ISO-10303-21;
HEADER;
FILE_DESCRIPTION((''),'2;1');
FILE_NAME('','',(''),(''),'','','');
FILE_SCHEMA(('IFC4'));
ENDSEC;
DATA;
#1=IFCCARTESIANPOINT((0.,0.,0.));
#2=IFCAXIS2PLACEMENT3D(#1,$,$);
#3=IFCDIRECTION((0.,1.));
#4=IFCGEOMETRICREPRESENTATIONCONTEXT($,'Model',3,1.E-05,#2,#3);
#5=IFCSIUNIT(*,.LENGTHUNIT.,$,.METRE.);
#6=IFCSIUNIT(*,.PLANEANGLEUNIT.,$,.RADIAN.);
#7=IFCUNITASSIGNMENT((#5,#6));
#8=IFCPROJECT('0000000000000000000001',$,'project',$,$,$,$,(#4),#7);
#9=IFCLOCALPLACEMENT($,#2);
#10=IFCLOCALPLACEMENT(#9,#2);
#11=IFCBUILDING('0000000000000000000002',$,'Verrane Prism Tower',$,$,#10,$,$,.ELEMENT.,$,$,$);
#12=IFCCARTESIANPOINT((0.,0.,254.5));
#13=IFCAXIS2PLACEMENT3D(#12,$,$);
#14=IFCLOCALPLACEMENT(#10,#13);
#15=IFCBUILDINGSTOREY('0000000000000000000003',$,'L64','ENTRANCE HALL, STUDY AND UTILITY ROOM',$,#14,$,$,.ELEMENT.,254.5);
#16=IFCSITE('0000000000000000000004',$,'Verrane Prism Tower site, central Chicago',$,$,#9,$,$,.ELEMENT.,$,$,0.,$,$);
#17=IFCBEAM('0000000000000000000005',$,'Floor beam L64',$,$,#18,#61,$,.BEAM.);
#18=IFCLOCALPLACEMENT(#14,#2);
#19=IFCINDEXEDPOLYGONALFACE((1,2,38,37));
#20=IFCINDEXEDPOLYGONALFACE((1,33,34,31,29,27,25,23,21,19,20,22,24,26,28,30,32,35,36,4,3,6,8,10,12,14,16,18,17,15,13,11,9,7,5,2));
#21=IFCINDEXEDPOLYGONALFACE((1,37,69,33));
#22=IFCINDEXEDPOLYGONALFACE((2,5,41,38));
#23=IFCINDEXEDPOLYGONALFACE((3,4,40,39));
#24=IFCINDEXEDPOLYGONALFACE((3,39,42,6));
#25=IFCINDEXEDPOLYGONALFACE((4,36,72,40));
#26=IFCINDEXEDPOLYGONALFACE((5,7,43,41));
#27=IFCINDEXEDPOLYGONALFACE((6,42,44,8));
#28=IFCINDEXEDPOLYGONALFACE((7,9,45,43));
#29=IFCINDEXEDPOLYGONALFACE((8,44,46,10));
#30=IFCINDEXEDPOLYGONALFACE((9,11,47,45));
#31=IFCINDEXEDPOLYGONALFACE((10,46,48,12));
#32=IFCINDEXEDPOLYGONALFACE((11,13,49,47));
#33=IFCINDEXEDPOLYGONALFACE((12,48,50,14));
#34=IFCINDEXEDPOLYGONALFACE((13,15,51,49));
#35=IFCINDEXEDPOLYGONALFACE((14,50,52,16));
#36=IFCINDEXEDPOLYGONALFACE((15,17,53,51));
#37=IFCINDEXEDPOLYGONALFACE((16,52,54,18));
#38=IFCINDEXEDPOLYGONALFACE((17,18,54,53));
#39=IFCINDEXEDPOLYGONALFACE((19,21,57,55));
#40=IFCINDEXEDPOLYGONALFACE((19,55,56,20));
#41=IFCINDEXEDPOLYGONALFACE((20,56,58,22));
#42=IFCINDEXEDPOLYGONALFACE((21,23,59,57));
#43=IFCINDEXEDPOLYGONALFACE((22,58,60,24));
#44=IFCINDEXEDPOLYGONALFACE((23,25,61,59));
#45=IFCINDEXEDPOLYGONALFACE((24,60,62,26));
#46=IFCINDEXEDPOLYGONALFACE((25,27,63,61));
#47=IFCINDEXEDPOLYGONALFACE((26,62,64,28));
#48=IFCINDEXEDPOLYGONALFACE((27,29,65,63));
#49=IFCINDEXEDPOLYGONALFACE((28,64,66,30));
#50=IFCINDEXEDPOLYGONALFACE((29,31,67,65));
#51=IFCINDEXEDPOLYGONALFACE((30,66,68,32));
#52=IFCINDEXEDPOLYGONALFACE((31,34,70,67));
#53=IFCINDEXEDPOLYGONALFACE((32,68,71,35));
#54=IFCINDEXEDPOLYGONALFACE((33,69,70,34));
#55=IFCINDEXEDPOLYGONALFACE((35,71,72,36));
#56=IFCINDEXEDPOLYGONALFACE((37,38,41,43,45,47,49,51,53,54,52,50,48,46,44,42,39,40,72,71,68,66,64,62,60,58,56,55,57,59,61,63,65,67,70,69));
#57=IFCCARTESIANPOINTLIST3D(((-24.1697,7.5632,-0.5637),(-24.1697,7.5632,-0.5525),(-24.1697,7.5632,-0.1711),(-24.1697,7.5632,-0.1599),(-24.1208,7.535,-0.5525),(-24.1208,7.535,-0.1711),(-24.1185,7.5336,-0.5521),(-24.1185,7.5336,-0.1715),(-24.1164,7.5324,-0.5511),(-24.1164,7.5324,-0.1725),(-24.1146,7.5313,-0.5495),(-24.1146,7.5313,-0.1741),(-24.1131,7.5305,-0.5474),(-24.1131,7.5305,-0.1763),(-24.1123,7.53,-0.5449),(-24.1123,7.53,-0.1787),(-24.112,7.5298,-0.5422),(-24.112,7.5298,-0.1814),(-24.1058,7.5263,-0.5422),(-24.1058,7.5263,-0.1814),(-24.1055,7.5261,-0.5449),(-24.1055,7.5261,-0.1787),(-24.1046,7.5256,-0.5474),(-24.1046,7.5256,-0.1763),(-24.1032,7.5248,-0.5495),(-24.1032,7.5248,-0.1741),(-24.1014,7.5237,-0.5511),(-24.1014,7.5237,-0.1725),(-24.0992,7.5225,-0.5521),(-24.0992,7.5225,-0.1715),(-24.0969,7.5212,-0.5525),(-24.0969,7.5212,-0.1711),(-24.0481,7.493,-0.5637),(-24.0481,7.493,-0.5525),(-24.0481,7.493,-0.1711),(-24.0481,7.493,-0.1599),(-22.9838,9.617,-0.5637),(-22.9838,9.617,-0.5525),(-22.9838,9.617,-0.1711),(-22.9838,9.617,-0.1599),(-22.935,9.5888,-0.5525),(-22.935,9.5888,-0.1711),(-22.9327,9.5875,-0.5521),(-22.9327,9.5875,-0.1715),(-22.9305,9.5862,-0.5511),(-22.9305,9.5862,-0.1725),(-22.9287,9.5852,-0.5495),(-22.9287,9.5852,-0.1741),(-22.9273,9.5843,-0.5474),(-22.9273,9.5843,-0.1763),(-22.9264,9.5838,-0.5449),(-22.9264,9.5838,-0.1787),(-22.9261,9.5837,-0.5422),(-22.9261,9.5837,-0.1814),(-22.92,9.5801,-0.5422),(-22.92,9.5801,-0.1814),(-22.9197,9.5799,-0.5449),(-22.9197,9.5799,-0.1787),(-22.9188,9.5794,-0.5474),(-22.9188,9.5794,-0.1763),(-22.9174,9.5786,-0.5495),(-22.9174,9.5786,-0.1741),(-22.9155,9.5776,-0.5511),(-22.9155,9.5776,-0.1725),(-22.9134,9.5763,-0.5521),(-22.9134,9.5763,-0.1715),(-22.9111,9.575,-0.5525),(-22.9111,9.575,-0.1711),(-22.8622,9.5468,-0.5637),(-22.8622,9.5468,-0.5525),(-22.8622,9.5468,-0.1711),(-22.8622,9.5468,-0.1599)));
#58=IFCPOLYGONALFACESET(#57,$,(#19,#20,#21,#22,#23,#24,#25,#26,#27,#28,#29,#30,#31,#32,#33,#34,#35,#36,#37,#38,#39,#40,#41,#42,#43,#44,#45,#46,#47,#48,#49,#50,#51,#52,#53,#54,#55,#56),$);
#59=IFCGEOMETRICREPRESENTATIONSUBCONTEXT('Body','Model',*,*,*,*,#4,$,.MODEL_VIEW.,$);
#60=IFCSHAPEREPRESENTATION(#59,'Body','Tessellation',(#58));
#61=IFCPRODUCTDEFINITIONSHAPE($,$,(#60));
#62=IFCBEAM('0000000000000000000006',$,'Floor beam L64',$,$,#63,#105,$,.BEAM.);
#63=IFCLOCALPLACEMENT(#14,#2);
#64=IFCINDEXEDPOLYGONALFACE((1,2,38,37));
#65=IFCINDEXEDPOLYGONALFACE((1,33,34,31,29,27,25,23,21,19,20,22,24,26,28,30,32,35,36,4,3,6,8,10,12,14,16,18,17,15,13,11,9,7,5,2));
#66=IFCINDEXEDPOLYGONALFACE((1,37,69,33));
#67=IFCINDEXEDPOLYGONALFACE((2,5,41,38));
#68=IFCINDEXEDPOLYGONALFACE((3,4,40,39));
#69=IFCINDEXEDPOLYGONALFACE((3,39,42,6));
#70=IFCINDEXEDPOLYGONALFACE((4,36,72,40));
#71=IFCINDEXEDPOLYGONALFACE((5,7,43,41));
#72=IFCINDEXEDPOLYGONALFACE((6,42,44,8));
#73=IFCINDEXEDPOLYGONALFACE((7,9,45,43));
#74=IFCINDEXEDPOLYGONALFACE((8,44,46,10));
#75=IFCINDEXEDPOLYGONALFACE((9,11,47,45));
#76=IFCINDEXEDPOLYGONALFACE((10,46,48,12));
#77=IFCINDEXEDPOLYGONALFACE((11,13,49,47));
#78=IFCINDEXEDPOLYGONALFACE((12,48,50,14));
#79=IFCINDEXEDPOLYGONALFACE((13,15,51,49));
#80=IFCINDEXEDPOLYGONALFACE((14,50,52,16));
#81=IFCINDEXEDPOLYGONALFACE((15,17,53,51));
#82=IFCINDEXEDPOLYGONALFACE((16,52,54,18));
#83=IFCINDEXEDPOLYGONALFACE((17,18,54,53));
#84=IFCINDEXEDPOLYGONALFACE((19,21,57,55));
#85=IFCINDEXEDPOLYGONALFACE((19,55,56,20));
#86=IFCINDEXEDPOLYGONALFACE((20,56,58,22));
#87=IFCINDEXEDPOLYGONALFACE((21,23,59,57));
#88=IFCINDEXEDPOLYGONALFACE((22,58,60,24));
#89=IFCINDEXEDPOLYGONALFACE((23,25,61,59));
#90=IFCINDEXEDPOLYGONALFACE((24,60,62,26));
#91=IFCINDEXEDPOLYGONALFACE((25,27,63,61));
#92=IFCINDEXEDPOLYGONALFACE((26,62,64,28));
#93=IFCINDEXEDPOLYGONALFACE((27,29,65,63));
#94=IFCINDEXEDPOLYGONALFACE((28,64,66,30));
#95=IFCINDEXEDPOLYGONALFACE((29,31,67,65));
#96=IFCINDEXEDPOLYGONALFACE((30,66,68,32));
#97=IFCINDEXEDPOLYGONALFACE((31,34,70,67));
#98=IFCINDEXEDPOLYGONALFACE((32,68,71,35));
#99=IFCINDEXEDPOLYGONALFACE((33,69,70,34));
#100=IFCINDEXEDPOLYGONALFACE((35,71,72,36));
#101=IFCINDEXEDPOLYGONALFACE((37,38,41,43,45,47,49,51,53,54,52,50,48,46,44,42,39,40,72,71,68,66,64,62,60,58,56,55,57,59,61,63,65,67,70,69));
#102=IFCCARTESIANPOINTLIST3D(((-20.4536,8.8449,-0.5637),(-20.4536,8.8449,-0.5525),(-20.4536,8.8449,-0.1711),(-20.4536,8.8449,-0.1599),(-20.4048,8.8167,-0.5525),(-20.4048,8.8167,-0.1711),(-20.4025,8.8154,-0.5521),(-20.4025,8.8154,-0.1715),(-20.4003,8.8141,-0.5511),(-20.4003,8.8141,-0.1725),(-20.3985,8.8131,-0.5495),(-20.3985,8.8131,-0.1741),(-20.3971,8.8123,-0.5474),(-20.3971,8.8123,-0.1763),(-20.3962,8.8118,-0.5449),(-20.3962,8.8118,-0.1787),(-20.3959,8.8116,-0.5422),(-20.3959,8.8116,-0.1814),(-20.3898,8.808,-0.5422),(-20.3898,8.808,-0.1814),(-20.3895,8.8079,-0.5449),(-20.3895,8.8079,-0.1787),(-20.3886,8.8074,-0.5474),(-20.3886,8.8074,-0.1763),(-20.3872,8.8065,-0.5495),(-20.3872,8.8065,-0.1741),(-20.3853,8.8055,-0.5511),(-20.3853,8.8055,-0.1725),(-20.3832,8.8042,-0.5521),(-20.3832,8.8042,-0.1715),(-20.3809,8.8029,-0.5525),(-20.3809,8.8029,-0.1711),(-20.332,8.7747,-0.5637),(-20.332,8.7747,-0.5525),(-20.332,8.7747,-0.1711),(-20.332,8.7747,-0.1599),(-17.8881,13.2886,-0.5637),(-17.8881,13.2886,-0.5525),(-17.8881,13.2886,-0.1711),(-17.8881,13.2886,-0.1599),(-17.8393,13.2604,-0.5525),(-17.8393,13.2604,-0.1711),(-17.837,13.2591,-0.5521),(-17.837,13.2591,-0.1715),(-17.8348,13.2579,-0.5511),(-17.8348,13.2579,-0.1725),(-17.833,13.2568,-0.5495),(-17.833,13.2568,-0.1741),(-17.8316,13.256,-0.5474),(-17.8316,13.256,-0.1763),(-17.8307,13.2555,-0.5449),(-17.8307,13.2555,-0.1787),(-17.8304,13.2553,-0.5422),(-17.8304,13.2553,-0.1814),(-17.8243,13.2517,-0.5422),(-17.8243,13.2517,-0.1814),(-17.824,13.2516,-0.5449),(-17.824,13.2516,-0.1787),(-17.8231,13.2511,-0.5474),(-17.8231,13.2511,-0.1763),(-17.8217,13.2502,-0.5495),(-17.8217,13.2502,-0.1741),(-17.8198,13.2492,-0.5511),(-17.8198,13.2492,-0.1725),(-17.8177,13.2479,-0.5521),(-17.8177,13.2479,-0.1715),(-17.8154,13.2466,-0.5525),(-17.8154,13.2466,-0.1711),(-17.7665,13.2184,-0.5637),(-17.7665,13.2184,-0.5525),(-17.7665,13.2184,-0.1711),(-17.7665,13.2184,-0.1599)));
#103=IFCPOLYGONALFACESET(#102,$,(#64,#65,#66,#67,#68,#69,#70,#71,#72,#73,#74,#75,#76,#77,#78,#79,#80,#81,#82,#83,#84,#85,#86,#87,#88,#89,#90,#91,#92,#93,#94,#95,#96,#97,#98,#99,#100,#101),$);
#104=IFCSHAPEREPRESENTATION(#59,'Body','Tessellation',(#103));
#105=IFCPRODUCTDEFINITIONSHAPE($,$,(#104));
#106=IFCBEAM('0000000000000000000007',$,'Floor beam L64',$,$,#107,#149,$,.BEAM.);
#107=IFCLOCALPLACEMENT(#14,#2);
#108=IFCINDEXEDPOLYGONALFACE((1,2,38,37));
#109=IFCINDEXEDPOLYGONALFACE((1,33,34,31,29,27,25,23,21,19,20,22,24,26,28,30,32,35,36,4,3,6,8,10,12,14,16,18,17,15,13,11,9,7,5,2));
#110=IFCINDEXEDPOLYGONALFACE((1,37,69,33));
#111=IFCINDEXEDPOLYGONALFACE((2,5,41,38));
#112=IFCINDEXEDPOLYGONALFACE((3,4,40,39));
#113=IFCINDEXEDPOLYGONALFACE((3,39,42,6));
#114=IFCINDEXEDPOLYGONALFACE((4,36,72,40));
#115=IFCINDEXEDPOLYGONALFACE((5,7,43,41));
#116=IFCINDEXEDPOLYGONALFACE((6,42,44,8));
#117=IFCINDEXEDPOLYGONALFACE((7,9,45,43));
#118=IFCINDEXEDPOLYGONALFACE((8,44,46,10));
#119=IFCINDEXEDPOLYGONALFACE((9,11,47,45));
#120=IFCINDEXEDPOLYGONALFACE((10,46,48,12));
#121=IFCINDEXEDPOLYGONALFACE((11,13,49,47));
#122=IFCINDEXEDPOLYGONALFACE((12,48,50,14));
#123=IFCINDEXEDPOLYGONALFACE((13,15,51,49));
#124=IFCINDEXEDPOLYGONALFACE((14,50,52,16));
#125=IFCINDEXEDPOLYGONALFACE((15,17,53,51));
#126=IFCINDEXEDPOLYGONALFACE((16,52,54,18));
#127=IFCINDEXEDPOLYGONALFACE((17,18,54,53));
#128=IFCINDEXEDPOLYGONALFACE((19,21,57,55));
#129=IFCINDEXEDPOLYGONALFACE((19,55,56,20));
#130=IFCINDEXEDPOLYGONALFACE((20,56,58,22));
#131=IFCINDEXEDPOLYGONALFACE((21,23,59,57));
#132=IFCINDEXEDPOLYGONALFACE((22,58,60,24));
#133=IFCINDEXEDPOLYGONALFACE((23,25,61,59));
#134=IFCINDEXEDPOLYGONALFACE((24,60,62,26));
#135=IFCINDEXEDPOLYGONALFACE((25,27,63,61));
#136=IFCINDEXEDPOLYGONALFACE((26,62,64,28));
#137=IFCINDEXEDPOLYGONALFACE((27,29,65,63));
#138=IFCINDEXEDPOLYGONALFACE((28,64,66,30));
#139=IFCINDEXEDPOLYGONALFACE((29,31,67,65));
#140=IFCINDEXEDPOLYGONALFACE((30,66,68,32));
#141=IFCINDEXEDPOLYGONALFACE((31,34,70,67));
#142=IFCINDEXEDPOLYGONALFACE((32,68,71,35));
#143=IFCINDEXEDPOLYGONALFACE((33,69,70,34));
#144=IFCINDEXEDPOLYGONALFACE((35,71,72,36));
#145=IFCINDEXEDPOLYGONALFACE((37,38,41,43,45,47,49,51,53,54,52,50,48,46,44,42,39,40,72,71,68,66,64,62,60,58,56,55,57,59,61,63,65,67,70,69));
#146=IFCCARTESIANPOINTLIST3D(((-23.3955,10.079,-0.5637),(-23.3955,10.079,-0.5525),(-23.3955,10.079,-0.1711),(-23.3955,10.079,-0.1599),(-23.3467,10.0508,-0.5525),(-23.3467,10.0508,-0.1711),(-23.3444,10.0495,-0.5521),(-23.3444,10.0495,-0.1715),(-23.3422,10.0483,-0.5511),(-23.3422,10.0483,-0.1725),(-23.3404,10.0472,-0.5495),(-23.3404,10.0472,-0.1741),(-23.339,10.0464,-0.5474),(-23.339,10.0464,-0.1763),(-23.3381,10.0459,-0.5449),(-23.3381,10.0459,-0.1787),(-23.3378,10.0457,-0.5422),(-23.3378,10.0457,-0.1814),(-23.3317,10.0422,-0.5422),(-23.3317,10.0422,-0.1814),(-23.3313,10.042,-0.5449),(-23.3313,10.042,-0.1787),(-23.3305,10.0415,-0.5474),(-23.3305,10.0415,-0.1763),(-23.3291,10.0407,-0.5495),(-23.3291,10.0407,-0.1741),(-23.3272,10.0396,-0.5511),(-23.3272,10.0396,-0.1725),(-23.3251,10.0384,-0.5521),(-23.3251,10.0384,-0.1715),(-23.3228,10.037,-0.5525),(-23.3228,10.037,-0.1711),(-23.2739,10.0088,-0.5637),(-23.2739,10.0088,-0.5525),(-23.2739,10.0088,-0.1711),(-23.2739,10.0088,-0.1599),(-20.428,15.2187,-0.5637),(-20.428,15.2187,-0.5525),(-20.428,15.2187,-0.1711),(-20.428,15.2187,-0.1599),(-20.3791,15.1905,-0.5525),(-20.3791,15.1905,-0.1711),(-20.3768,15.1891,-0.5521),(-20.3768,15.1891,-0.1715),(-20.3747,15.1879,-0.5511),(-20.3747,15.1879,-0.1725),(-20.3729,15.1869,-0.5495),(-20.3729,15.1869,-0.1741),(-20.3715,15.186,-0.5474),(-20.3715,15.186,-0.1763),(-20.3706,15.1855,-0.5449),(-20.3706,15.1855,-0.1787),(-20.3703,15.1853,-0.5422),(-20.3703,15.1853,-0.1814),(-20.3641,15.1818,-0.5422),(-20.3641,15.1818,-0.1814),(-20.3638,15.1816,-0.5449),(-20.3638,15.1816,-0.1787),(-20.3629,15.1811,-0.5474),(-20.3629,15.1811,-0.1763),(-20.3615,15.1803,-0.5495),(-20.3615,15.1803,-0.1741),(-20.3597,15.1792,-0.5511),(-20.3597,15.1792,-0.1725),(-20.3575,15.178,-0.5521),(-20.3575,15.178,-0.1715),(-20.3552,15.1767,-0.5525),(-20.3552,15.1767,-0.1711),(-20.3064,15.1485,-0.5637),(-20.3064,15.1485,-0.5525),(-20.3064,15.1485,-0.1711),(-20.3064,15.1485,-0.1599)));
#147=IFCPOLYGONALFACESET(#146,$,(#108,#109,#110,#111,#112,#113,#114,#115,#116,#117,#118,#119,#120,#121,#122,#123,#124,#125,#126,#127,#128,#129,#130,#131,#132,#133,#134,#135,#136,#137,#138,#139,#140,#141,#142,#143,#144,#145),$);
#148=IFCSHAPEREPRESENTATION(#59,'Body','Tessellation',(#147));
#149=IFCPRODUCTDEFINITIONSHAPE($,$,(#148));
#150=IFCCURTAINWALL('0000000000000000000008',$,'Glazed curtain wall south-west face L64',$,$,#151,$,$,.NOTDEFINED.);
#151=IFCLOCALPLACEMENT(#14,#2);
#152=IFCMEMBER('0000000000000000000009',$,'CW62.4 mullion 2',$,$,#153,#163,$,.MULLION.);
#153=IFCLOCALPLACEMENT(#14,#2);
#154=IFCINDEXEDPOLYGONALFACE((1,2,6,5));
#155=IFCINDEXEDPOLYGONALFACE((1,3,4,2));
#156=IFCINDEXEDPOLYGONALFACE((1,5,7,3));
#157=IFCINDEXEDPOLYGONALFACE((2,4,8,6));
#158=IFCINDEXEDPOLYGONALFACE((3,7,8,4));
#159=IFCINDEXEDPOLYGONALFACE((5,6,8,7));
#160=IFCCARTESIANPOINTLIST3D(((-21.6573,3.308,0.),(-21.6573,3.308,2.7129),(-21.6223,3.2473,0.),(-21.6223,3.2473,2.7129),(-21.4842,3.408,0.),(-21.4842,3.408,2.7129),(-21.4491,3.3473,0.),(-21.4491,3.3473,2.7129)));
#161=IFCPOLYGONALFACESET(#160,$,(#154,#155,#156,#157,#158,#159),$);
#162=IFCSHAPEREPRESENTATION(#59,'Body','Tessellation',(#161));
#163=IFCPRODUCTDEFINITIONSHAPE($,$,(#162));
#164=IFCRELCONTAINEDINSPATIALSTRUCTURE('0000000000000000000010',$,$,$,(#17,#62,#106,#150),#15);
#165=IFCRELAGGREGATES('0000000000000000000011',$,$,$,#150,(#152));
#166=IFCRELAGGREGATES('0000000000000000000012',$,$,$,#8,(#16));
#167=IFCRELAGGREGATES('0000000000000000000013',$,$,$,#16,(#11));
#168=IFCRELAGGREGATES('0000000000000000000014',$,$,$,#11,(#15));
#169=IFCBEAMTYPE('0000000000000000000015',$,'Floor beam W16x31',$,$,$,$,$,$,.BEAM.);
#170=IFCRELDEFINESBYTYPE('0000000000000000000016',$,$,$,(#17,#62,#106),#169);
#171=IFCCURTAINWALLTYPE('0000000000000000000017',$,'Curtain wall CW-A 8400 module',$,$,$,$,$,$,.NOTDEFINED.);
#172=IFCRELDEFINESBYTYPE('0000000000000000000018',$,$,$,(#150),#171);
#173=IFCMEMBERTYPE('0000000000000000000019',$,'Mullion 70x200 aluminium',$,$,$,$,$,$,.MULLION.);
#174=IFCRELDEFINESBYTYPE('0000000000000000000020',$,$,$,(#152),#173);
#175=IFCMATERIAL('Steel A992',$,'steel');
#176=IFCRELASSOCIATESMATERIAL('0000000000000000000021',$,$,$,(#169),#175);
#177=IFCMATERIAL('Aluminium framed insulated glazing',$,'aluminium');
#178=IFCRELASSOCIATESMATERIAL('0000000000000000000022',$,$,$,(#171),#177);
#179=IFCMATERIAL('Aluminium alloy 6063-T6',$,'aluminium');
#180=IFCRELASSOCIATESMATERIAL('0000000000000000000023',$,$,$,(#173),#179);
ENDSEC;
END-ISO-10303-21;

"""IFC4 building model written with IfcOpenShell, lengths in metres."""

from ifc_helpers import new_model, si_unit, direction, frame, origin, origin_2d, place, context, subcontext, project, spatial, rectangle, i_section, extrude, material, material_profile, profile_set, type_object, element, aggregate, save


model = new_model("IFC4")

# Units and contexts
model_context = context("Model", 3, precision=1e-05, world=origin(), true_north=direction((0.0, 1.0)))
body_context = subcontext(model_context, "Body", "Model", "MODEL_VIEW")
ifc_project = project(units=[si_unit("LENGTHUNIT", "METRE"), si_unit("PLANEANGLEUNIT", "RADIAN")], contexts=[model_context])

# Site, building, storey
site_placement = place(None, origin())
site = spatial("IfcSite", under=ifc_project, at=site_placement, Name="Verrane Prism Tower site, central Chicago", CompositionType="ELEMENT", RefElevation=0.0)
building_placement = place(site_placement, origin())
building = spatial("IfcBuilding", under=site, at=building_placement, Name="Verrane Prism Tower", CompositionType="ELEMENT")
storey_placement = place(building_placement, frame((0.0, 0.0, 254.5)))
storey = spatial("IfcBuildingStorey", under=building, at=storey_placement, Name="L64", Description="ENTRANCE HALL, STUDY AND UTILITY ROOM", CompositionType="ELEMENT", Elevation=254.5)

# Beams
ifc_material_1 = material(Name="Steel A992", Category="steel")
ifc_material_profile_1 = material_profile(ifc_material_1, i_section(OverallWidth=0.1404, OverallDepth=0.4038, WebThickness=0.0071, FlangeThickness=0.0112, FilletRadius=0.0103, at=origin_2d()), Name="W16x31")
ifc_profile_set_1 = profile_set([ifc_material_profile_1], Name="Steel A992")
beam_type_1 = type_object("IfcBeamType", Name="Floor beam W16x31", PredefinedType="BEAM", material=ifc_profile_set_1)
beam_1_placement = place(storey_placement, frame((-24.1089, 7.5281, -0.3618), z_axis=(0.500025, 0.866011, 0.0), x_axis=(-0.866011, 0.500025, 0.0)))
element("IfcBeam", 1, at=beam_1_placement, inside=storey, type_object=beam_type_1, Name="Floor beam L64", PredefinedType="BEAM", context=body_context, shape_type="SweptSolid", body=[
    extrude(i_section(OverallWidth=0.1404, OverallDepth=0.4038, WebThickness=0.0071, FlangeThickness=0.0112, FilletRadius=0.0103, at=origin_2d()), origin(), (0.0, 0.0, 1.0), 2.3716),
])
beam_2_placement = place(storey_placement, frame((-20.3928, 8.8098, -0.3618), z_axis=(0.499987, 0.866033, 0.0), x_axis=(-0.866033, 0.499987, 0.0)))
element("IfcBeam", 2, at=beam_2_placement, inside=storey, type_object=beam_type_1, Name="Floor beam L64", PredefinedType="BEAM", context=body_context, shape_type="SweptSolid", body=[
    extrude(i_section(OverallWidth=0.1404, OverallDepth=0.4038, WebThickness=0.0071, FlangeThickness=0.0112, FilletRadius=0.0103, at=origin_2d()), origin(), (0.0, 0.0, 1.0), 5.1311),
])
beam_3_placement = place(storey_placement, frame((-23.3347, 10.0439, -0.3618), z_axis=(0.500019, 0.866014, 0.0), x_axis=(-0.866014, 0.500019, 0.0)))
element("IfcBeam", 3, at=beam_3_placement, inside=storey, type_object=beam_type_1, Name="Floor beam L64", PredefinedType="BEAM", context=body_context, shape_type="SweptSolid", body=[
    extrude(i_section(OverallWidth=0.1404, OverallDepth=0.4038, WebThickness=0.0071, FlangeThickness=0.0112, FilletRadius=0.0103, at=origin_2d()), origin(), (0.0, 0.0, 1.0), 5.9348),
])

# Curtain wall, member
ifc_material_2 = material(Name="Aluminium framed insulated glazing", Category="aluminium")
curtain_wall_type = type_object("IfcCurtainWallType", Name="Curtain wall CW-A 8400 module", PredefinedType="NOTDEFINED", material=ifc_material_2)
curtain_wall_placement = place(storey_placement, origin())
curtain_wall = element("IfcCurtainWall", 4, at=curtain_wall_placement, inside=storey, type_object=curtain_wall_type, Name="Glazed curtain wall south-west face L64", PredefinedType="NOTDEFINED")
ifc_material_3 = material(Name="Aluminium alloy 6063-T6", Category="aluminium")
ifc_material_profile_2 = material_profile(ifc_material_3, rectangle(XDim=0.2, YDim=0.0701, at=origin_2d()), Name="Mullion 70x200 aluminium")
ifc_profile_set_2 = profile_set([ifc_material_profile_2], Name="Aluminium alloy 6063-T6")
member_type_1 = type_object("IfcMemberType", Name="Mullion 70x200 aluminium", PredefinedType="MULLION", material=ifc_profile_set_2)
member_1_placement = place(storey_placement, frame((-21.5532, 3.3276, 0.0), z_axis=(0.0, 0.0, 1.0), x_axis=(0.866026, 0.5, 0.0)))
member_1 = element("IfcMember", 5, at=member_1_placement, type_object=member_type_1, Name="CW62.4 mullion 2", PredefinedType="MULLION", context=body_context, shape_type="SweptSolid", body=[
    extrude(rectangle(XDim=0.2, YDim=0.0701, at=origin_2d()), origin(), (0.0, 0.0, 1.0), 2.7129),
])

aggregate(curtain_wall, [member_1])

save(model, "model.ifc")
